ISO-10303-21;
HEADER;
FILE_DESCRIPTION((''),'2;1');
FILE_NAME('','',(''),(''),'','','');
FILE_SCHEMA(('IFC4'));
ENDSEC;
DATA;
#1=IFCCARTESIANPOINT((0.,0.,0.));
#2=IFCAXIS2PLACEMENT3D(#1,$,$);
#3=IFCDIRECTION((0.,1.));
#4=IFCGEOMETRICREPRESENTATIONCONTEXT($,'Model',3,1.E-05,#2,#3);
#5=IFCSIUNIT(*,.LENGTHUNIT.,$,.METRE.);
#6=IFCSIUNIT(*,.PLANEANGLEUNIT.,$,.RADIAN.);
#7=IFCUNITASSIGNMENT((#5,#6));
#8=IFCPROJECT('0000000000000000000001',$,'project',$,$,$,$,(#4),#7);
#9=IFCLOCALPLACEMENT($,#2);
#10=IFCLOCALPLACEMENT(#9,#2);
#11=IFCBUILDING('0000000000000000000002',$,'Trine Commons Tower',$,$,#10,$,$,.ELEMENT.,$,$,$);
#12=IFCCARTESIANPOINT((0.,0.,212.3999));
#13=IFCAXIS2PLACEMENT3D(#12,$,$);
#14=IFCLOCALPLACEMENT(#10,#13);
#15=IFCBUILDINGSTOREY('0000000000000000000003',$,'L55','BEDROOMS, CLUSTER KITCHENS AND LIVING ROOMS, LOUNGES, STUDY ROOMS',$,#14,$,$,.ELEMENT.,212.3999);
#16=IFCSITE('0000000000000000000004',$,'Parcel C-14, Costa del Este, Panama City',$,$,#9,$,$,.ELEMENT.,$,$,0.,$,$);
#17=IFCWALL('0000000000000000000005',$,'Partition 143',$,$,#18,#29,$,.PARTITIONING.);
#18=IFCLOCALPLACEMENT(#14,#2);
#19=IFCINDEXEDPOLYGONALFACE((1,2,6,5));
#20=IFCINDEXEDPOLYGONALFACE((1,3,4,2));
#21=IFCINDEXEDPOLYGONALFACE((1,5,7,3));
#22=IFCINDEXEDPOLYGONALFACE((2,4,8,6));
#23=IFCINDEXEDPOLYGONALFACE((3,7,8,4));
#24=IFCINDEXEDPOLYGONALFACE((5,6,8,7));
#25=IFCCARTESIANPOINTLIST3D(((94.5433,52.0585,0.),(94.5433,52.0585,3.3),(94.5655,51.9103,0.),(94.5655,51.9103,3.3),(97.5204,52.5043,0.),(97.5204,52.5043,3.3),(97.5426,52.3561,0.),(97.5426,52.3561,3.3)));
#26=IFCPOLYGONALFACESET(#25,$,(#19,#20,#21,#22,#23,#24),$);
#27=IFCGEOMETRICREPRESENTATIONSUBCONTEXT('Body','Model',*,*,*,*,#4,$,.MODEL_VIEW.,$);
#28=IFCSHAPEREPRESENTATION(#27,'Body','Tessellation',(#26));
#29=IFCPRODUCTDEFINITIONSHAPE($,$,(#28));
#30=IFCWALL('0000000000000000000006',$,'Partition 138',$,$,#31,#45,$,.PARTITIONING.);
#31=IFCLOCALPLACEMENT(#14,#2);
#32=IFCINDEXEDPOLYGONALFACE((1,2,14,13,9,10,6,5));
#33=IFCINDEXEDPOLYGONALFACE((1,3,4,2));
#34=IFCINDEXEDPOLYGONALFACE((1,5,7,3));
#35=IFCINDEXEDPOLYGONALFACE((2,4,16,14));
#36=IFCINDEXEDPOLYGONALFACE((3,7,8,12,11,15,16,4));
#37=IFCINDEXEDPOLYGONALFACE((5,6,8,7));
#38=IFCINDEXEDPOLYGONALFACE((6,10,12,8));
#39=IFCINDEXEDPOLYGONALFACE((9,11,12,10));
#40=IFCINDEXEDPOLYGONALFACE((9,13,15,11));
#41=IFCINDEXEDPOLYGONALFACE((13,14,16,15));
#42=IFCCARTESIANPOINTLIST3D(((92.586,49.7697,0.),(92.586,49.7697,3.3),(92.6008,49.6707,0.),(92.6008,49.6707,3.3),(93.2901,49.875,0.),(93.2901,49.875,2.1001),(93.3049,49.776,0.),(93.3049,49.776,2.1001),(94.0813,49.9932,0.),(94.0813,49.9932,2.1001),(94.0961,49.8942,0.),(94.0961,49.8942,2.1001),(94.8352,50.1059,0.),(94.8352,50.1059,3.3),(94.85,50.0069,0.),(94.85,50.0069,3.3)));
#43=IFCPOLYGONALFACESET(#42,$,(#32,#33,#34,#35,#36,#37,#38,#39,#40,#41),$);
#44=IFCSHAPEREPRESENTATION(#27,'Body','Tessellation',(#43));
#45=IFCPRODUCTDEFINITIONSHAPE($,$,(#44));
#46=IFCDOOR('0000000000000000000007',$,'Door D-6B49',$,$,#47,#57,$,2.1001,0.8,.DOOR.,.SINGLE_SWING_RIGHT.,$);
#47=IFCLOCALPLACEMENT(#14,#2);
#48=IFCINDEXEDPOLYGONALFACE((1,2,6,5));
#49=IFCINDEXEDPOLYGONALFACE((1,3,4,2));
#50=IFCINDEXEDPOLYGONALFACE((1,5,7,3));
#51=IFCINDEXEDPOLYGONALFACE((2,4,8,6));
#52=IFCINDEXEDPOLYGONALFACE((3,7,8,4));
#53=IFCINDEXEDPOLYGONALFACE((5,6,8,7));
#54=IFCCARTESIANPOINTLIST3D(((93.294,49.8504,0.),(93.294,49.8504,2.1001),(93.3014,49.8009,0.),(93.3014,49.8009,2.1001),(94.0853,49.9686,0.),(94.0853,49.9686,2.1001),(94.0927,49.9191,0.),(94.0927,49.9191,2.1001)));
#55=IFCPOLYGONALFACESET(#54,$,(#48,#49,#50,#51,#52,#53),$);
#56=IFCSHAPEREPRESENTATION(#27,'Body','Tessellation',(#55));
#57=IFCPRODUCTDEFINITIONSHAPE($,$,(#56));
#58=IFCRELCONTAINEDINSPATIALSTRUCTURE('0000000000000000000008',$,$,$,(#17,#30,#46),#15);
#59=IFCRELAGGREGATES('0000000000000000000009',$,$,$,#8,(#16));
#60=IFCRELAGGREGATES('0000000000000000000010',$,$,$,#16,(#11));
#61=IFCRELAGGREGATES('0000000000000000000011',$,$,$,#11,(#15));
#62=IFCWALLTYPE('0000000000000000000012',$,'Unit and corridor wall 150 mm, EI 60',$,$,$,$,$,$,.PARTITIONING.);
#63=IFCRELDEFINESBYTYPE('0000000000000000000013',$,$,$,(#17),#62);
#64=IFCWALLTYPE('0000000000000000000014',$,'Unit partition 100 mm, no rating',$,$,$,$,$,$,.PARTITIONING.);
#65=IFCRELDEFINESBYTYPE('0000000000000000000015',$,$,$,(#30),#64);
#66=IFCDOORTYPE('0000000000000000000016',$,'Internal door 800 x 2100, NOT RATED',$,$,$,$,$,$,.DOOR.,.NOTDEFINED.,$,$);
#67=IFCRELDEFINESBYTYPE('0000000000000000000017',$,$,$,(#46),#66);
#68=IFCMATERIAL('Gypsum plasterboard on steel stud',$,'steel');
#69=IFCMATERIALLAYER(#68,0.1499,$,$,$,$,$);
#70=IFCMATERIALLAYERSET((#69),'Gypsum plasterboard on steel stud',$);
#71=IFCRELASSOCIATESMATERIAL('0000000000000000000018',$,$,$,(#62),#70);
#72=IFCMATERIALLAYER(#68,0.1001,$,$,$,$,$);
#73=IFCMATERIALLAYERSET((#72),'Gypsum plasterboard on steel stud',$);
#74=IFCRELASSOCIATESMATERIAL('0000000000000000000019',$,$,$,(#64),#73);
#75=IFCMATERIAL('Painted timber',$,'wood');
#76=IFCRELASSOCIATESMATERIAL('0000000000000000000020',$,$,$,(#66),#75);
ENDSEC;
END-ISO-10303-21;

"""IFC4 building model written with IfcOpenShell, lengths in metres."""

from ifc_helpers import new_model, si_unit, direction, frame, frame_2d, origin, place, context, subcontext, project, spatial, rectangle, extrude, material, layer, layer_set, type_object, element, fill, save


model = new_model("IFC4")

# Units and contexts
model_context = context("Model", 3, precision=1e-05, world=origin(), true_north=direction((0.0, 1.0)))
body_context = subcontext(model_context, "Body", "Model", "MODEL_VIEW")
ifc_project = project(units=[si_unit("LENGTHUNIT", "METRE"), si_unit("PLANEANGLEUNIT", "RADIAN")], contexts=[model_context])

# Site, building, storey
site_placement = place(None, origin())
site = spatial("IfcSite", under=ifc_project, at=site_placement, Name="Parcel C-14, Costa del Este, Panama City", CompositionType="ELEMENT", RefElevation=0.0)
building_placement = place(site_placement, origin())
building = spatial("IfcBuilding", under=site, at=building_placement, Name="Trine Commons Tower", CompositionType="ELEMENT")
storey_placement = place(building_placement, frame((0.0, 0.0, 212.3999)))
storey = spatial("IfcBuildingStorey", under=building, at=storey_placement, Name="L55", Description="BEDROOMS, CLUSTER KITCHENS AND LIVING ROOMS, LOUNGES, STUDY ROOMS", CompositionType="ELEMENT", Elevation=212.3999)

# Shared definitions
ifc_material_1 = material(Name="Gypsum plasterboard on steel stud", Category="steel")
ifc_layer_1 = layer(ifc_material_1, 0.1499)
ifc_layer_set_1 = layer_set([ifc_layer_1], Name="Gypsum plasterboard on steel stud")
wall_type_1 = type_object("IfcWallType", Name="Unit and corridor wall 150 mm, EI 60", PredefinedType="PARTITIONING", material=ifc_layer_set_1)

# Wall
wall_1_placement = place(storey_placement, frame((94.5544, 51.9844, 0.0), z_axis=(0.0, 0.0, 1.0), x_axis=(0.988973, 0.148095, 0.0)))
element("IfcWall", 1, at=wall_1_placement, inside=storey, type_object=wall_type_1, Name="Partition 143", PredefinedType="PARTITIONING", context=body_context, shape_type="SweptSolid", body=[
    extrude(rectangle(XDim=3.0103, YDim=0.1499, at=frame_2d((1.5051, 0.0))), origin(), (0.0, 0.0, 1.0), 3.3),
])

# Wall, opening, door
ifc_layer_2 = layer(ifc_material_1, 0.1001)
ifc_layer_set_2 = layer_set([ifc_layer_2], Name="Gypsum plasterboard on steel stud")
wall_type_2 = type_object("IfcWallType", Name="Unit partition 100 mm, no rating", PredefinedType="PARTITIONING", material=ifc_layer_set_2)
wall_2_placement = place(storey_placement, frame((92.5933, 49.7202, 0.0), z_axis=(0.0, 0.0, 1.0), x_axis=(0.989014, 0.147821, 0.0)))
wall_2 = element("IfcWall", 2, at=wall_2_placement, inside=storey, type_object=wall_type_2, Name="Partition 138", PredefinedType="PARTITIONING", context=body_context, shape_type="SweptSolid", body=[
    extrude(rectangle(XDim=2.2742, YDim=0.1001, at=frame_2d((1.1372, 0.0))), origin(), (0.0, 0.0, 1.0), 3.3),
])
opening_1_placement = place(wall_2_placement, frame((0.7122, 0.0, 0.0)))
opening_1 = element("IfcOpeningElement", 3, at=opening_1_placement, cuts=wall_2, PredefinedType="OPENING", context=body_context, shape_type="SweptSolid", body=[
    extrude(rectangle(XDim=0.8, YDim=2.1001, at=frame_2d((0.3999, 1.05))), frame((0.0, 0.0601, 0.0), z_axis=(0.0, -1.0, 0.0), x_axis=(1.0, 0.0, 0.0)), (0.0, 0.0, 1.0), 0.1201),
])
ifc_material_2 = material(Name="Painted timber", Category="wood")
door_type_1 = type_object("IfcDoorType", Name="Internal door 800 x 2100, NOT RATED", OperationType="NOTDEFINED", PredefinedType="DOOR", material=ifc_material_2)
door_1_placement = place(opening_1_placement, frame((0.8, 0.0, 0.0), z_axis=(0.0, 0.0, 1.0), x_axis=(-1.0, 0.0, 0.0)))
door_1 = element("IfcDoor", 4, at=door_1_placement, inside=storey, type_object=door_type_1, Name="Door D-6B49", OperationType="SINGLE_SWING_RIGHT", OverallHeight=2.1001, OverallWidth=0.8, PredefinedType="DOOR", context=body_context, shape_type="SweptSolid", body=[
    extrude(rectangle(XDim=0.8, YDim=2.1001, at=frame_2d((0.3999, 1.05))), frame((0.0, 0.0249, 0.0), z_axis=(0.0, -1.0, 0.0), x_axis=(1.0, 0.0, 0.0)), (0.0, 0.0, 1.0), 0.05),
])
fill(opening_1, door_1)

save(model, "model.ifc")
